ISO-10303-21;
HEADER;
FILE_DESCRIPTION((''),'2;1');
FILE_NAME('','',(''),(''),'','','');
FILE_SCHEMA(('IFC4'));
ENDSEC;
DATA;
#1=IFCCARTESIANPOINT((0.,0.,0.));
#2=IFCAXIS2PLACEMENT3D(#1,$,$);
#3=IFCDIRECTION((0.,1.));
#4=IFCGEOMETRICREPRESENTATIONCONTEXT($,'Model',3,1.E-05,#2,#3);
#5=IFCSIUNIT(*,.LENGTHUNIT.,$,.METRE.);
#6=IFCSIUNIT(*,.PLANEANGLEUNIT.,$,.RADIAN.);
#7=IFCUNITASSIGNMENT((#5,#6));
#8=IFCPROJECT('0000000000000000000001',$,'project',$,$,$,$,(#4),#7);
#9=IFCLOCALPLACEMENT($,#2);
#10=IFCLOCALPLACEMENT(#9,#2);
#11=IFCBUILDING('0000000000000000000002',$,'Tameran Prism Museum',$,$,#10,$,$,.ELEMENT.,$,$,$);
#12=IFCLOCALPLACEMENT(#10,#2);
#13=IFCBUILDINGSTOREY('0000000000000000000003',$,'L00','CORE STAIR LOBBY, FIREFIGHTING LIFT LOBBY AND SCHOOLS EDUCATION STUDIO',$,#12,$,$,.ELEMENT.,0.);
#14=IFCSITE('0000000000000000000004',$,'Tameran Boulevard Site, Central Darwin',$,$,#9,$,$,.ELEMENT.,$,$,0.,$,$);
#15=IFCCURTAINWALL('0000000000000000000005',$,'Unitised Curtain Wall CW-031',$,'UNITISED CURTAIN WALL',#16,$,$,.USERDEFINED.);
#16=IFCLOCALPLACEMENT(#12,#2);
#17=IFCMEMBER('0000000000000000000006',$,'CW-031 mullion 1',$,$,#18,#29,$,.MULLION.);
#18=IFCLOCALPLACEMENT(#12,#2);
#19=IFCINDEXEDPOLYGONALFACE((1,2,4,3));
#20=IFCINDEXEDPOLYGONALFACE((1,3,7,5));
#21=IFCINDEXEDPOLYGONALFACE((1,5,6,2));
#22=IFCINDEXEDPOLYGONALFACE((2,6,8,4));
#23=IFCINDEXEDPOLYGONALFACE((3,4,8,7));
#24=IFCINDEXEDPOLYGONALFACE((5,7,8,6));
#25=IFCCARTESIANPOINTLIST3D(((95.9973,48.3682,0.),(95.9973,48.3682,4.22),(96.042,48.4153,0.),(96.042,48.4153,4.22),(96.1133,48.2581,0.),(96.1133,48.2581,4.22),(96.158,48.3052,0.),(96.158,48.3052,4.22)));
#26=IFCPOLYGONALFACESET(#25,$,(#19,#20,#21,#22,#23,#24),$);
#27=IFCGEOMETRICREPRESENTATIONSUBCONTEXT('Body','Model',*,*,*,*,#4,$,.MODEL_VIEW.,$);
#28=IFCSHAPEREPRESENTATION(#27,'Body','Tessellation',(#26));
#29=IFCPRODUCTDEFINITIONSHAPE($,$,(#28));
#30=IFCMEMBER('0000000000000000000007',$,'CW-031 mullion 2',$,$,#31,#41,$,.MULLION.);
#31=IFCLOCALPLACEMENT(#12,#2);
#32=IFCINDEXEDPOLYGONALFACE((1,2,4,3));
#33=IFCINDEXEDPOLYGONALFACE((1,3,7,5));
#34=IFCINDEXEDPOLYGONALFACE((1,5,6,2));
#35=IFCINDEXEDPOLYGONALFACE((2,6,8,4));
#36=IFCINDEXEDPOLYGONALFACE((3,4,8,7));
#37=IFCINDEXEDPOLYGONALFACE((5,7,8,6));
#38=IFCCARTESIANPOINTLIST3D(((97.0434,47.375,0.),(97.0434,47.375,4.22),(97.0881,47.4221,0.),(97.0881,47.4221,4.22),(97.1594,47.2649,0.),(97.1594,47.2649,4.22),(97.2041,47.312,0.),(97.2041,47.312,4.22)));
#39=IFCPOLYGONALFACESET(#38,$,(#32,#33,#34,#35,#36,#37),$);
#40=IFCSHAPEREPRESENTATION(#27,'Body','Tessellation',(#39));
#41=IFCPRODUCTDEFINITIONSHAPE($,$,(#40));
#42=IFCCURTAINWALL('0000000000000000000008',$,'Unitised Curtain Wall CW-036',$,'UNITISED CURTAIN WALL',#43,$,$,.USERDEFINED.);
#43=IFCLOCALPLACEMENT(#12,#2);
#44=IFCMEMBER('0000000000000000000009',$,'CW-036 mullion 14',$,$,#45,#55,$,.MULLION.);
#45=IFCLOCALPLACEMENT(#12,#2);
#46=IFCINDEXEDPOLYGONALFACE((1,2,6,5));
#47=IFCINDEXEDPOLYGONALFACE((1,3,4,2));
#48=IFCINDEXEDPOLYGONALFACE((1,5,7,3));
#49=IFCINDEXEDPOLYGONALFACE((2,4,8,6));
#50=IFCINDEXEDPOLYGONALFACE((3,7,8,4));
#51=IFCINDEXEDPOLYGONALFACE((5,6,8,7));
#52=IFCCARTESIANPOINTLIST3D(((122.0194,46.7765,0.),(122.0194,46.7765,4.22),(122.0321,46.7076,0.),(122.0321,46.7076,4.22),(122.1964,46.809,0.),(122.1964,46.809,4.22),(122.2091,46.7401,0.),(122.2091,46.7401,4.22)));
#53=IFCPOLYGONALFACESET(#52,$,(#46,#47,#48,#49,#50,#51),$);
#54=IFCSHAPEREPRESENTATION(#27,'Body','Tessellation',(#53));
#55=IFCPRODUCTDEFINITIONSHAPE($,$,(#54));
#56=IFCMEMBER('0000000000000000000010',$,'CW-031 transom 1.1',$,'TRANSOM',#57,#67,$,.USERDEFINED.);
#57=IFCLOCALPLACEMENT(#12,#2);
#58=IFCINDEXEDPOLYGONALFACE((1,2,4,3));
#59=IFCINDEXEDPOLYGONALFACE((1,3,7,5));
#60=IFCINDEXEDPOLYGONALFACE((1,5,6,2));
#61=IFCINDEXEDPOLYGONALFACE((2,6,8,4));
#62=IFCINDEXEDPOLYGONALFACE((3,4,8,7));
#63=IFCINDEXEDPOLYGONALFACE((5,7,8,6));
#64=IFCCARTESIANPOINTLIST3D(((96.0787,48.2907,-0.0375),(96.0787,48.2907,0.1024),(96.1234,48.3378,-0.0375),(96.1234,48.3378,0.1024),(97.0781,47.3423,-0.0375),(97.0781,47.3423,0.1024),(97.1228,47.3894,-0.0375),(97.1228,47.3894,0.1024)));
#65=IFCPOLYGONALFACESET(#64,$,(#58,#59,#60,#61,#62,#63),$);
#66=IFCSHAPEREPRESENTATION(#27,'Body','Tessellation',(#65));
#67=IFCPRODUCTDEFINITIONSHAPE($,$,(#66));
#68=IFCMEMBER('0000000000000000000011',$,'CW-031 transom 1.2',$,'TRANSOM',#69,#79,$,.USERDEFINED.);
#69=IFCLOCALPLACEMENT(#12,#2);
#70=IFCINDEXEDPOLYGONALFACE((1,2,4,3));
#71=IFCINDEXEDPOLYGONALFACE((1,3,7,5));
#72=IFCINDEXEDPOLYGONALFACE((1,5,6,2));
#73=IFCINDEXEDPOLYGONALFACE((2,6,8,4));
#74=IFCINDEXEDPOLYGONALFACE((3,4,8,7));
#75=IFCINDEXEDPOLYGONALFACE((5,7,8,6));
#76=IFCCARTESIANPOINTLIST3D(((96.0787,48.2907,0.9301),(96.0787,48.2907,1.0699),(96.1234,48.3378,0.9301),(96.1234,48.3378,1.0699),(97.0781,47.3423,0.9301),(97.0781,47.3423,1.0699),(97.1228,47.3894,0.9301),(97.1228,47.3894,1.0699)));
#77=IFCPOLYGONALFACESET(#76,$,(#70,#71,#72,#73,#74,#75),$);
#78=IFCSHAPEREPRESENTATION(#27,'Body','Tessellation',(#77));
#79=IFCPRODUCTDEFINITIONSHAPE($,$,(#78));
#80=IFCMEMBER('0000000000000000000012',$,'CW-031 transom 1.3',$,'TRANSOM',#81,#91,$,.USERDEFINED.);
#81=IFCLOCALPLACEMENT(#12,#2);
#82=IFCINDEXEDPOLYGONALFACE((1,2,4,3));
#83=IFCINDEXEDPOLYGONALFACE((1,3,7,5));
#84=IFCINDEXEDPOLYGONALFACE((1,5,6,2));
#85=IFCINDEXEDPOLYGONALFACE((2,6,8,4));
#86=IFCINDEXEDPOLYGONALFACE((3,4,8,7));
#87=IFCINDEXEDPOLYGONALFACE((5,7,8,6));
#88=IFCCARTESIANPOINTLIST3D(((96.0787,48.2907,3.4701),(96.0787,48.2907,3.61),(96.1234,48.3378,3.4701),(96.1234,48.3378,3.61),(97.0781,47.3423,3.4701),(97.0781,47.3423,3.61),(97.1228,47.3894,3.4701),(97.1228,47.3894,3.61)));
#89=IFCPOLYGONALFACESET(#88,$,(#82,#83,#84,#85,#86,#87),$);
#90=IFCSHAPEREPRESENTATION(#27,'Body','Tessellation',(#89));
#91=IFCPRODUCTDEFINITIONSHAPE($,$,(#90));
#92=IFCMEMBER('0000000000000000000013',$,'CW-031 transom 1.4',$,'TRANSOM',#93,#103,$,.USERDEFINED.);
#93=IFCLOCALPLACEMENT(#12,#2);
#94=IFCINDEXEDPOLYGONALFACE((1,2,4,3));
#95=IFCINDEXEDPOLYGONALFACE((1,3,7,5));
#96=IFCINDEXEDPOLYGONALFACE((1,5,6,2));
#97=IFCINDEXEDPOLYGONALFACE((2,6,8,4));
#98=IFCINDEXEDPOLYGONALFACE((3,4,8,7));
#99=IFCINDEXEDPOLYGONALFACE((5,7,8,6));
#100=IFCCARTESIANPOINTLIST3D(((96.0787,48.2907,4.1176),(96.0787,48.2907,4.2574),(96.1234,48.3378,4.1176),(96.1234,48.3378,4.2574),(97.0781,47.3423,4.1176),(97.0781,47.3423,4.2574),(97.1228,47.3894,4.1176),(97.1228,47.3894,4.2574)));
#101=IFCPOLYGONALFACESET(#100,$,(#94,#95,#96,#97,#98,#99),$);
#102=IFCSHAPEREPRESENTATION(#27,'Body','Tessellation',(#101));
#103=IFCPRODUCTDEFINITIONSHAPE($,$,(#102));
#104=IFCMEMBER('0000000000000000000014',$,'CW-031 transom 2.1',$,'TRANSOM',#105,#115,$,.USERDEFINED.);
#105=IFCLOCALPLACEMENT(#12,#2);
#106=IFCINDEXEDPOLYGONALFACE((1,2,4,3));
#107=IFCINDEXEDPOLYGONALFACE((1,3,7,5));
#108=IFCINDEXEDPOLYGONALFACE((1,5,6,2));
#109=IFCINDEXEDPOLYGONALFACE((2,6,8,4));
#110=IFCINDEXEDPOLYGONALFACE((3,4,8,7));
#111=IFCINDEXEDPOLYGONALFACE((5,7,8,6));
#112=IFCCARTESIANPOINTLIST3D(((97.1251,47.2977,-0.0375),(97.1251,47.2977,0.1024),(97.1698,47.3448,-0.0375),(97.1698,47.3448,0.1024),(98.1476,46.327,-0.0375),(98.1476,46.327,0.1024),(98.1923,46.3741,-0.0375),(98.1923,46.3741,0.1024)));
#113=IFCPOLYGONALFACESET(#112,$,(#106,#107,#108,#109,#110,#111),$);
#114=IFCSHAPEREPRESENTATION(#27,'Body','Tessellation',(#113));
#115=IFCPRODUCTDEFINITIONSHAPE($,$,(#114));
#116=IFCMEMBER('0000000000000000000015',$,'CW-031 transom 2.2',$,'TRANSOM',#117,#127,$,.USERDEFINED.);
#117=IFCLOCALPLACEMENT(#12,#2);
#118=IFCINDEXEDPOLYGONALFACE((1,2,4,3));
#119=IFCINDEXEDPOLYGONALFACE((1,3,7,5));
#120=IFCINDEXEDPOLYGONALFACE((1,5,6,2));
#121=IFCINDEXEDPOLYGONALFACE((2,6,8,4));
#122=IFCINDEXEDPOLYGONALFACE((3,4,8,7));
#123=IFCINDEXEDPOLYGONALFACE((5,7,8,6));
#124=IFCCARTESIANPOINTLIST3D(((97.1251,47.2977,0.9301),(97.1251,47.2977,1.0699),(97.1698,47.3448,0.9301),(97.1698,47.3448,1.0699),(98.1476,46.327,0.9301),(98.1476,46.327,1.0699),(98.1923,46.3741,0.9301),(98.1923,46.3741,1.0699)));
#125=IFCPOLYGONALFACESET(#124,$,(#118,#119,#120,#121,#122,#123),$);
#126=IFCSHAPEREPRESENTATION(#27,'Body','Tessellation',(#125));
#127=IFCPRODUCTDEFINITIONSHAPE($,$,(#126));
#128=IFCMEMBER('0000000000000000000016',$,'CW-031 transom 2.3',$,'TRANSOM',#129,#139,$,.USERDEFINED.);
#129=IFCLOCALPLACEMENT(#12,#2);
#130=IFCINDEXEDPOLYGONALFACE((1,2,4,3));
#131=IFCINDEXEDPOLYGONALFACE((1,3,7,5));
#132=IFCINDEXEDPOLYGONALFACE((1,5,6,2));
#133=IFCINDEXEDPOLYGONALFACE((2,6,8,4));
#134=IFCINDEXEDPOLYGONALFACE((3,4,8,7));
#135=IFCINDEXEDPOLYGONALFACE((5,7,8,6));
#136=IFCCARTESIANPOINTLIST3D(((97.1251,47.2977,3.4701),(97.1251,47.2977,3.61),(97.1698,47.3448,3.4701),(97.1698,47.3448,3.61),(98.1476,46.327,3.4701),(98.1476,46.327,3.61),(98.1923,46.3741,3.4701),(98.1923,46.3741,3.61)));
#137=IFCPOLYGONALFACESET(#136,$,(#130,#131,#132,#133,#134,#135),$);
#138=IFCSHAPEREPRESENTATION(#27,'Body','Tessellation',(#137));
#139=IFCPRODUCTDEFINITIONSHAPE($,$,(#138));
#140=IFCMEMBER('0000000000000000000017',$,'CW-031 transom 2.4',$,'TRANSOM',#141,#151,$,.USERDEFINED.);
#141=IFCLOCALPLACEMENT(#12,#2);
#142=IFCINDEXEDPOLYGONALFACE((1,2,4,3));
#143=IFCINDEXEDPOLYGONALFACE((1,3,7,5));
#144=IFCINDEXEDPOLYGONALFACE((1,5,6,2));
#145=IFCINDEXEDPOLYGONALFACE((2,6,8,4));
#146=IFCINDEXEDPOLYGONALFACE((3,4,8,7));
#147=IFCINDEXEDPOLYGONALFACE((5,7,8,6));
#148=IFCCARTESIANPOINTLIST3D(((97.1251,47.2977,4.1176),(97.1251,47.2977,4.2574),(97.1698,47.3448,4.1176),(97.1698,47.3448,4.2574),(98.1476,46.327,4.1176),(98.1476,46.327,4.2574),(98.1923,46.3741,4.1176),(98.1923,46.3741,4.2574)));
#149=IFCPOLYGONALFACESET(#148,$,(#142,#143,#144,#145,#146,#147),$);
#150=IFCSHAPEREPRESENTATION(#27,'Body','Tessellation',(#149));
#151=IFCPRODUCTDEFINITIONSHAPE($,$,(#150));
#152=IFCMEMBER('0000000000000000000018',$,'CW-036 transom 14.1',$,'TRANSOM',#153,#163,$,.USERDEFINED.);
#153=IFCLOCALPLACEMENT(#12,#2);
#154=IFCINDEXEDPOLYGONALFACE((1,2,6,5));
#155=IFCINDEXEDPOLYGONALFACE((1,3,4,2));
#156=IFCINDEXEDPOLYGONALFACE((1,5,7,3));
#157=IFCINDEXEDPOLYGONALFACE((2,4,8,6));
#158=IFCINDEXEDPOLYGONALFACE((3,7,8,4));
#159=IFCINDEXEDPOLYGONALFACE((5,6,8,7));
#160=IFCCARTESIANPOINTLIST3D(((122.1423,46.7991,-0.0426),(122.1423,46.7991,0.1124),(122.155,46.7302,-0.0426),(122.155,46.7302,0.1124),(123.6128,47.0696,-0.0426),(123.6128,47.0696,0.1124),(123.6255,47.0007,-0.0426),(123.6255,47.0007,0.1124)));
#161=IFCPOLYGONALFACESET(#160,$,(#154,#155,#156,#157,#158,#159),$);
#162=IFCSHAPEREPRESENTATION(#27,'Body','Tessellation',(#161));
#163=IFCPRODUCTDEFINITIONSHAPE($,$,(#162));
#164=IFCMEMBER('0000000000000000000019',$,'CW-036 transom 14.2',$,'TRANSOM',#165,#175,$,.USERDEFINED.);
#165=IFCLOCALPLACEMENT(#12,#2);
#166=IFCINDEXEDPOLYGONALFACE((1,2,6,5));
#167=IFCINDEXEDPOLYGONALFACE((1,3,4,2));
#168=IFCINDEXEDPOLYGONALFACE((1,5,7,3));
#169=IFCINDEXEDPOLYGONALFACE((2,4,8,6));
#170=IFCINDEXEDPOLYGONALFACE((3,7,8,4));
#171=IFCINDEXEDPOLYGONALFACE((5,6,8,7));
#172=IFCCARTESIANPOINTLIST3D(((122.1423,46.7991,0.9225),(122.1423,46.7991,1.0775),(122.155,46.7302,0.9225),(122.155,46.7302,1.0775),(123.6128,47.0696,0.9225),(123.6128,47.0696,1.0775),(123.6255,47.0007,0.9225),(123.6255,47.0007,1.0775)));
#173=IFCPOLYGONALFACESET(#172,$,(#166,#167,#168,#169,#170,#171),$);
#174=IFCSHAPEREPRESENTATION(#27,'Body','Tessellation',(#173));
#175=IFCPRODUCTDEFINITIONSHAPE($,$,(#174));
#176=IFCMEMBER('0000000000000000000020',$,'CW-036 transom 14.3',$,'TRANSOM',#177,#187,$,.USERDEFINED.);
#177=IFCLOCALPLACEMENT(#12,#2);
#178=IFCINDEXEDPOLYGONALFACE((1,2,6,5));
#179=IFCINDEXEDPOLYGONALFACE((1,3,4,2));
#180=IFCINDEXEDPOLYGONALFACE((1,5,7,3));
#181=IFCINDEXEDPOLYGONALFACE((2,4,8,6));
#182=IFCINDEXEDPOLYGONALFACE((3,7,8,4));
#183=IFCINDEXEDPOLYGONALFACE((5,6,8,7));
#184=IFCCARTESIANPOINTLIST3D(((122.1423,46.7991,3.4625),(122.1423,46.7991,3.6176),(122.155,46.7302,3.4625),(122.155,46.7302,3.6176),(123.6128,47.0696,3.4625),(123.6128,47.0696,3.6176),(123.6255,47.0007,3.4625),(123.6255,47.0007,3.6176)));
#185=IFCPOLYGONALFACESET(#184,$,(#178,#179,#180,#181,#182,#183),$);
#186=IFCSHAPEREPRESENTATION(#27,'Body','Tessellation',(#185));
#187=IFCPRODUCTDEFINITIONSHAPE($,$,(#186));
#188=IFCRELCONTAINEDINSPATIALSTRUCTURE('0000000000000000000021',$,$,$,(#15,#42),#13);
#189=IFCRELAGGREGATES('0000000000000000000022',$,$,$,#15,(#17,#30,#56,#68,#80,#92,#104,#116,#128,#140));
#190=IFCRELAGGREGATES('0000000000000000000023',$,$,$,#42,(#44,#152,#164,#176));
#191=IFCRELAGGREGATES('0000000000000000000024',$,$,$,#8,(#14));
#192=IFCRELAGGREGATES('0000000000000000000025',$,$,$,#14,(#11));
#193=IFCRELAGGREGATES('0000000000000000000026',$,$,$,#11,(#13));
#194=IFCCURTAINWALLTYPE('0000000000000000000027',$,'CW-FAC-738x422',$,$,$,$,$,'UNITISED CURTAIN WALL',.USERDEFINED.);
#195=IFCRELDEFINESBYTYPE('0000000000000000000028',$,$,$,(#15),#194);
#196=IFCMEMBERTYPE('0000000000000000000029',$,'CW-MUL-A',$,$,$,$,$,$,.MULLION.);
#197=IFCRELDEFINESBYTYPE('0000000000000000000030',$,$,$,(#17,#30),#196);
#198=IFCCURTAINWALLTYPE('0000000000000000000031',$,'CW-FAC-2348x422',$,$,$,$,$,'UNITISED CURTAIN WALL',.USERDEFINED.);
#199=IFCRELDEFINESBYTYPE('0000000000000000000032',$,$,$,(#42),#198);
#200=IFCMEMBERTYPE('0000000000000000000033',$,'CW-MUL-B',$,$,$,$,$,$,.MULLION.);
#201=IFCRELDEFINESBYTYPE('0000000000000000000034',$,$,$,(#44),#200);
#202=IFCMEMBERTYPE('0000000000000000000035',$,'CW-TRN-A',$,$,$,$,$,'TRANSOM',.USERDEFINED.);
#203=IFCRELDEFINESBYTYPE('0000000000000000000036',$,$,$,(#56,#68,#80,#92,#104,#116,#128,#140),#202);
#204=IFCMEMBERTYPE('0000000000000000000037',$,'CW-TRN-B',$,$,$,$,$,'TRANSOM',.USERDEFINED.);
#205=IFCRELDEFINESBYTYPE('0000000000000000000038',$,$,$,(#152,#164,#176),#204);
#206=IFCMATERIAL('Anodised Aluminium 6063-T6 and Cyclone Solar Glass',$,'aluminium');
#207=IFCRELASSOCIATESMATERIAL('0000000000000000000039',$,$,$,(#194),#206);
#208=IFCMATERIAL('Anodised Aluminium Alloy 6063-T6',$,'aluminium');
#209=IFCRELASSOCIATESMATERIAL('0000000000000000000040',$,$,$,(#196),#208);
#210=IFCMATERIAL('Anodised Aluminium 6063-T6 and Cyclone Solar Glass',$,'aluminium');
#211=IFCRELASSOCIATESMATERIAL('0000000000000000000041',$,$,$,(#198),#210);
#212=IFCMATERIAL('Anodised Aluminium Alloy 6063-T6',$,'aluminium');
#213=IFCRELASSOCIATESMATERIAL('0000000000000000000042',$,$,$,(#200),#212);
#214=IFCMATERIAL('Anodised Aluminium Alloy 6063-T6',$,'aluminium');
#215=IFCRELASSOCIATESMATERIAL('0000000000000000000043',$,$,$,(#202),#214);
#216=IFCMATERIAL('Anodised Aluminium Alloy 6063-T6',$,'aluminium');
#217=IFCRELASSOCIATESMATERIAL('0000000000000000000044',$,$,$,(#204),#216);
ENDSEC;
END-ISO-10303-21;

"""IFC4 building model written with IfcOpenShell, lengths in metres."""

from ifc_helpers import new_model, si_unit, direction, frame, origin, origin_2d, place, context, subcontext, project, spatial, rectangle, extrude, material, material_profile, profile_set, type_object, element, aggregate, save


model = new_model("IFC4")

# Units and contexts
model_context = context("Model", 3, precision=1e-05, world=origin(), true_north=direction((0.0, 1.0)))
body_context = subcontext(model_context, "Body", "Model", "MODEL_VIEW")
ifc_project = project(units=[si_unit("LENGTHUNIT", "METRE"), si_unit("PLANEANGLEUNIT", "RADIAN")], contexts=[model_context])

# Site, building, storey
site_placement = place(None, origin())
site = spatial("IfcSite", under=ifc_project, at=site_placement, Name="Tameran Boulevard Site, Central Darwin", CompositionType="ELEMENT", RefElevation=0.0)
building_placement = place(site_placement, origin())
building = spatial("IfcBuilding", under=site, at=building_placement, Name="Tameran Prism Museum", CompositionType="ELEMENT")
storey_placement = place(building_placement, origin())
storey = spatial("IfcBuildingStorey", under=building, at=storey_placement, Name="L00", Description="CORE STAIR LOBBY, FIREFIGHTING LIFT LOBBY AND SCHOOLS EDUCATION STUDIO", CompositionType="ELEMENT", Elevation=0.0)

# Curtain wall, members
ifc_material_1 = material(Name="Anodised Aluminium 6063-T6 and Cyclone Solar Glass", Category="aluminium")
curtain_wall_type_1 = type_object("IfcCurtainWallType", Name="CW-FAC-738x422", ElementType="UNITISED CURTAIN WALL", PredefinedType="USERDEFINED", material=ifc_material_1)
curtain_wall_1_placement = place(storey_placement, origin())
curtain_wall_1 = element("IfcCurtainWall", 1, at=curtain_wall_1_placement, inside=storey, type_object=curtain_wall_type_1, Name="Unitised Curtain Wall CW-031", ObjectType="UNITISED CURTAIN WALL", PredefinedType="USERDEFINED")
ifc_material_2 = material(Name="Anodised Aluminium Alloy 6063-T6", Category="aluminium")
ifc_material_profile_1 = material_profile(ifc_material_2, rectangle(XDim=0.0649, YDim=0.1599, at=origin_2d()))
ifc_profile_set_1 = profile_set([ifc_material_profile_1])
member_type_1 = type_object("IfcMemberType", Name="CW-MUL-A", PredefinedType="MULLION", material=ifc_profile_set_1)
member_1_placement = place(storey_placement, frame((96.0776, 48.3367, 0.0), z_axis=(0.0, 0.0, 1.0), x_axis=(0.688425, 0.725307, 0.0)))
member_1 = element("IfcMember", 2, at=member_1_placement, type_object=member_type_1, Name="CW-031 mullion 1", PredefinedType="MULLION", context=body_context, shape_type="SweptSolid", body=[
    extrude(rectangle(XDim=0.0649, YDim=0.1599, at=origin_2d()), origin(), (0.0, 0.0, 1.0), 4.22),
])
member_2_placement = place(storey_placement, frame((97.1238, 47.3435, 0.0), z_axis=(0.0, 0.0, 1.0), x_axis=(0.688425, 0.725307, 0.0)))
member_2 = element("IfcMember", 3, at=member_2_placement, type_object=member_type_1, Name="CW-031 mullion 2", PredefinedType="MULLION", context=body_context, shape_type="SweptSolid", body=[
    extrude(rectangle(XDim=0.0649, YDim=0.1599, at=origin_2d()), origin(), (0.0, 0.0, 1.0), 4.22),
])

# Curtain wall, member
ifc_material_3 = material(Name="Anodised Aluminium 6063-T6 and Cyclone Solar Glass", Category="aluminium")
curtain_wall_type_2 = type_object("IfcCurtainWallType", Name="CW-FAC-2348x422", ElementType="UNITISED CURTAIN WALL", PredefinedType="USERDEFINED", material=ifc_material_3)
curtain_wall_2_placement = place(storey_placement, origin())
curtain_wall_2 = element("IfcCurtainWall", 4, at=curtain_wall_2_placement, inside=storey, type_object=curtain_wall_type_2, Name="Unitised Curtain Wall CW-036", ObjectType="UNITISED CURTAIN WALL", PredefinedType="USERDEFINED")
ifc_material_4 = material(Name="Anodised Aluminium Alloy 6063-T6", Category="aluminium")
ifc_material_profile_2 = material_profile(ifc_material_4, rectangle(XDim=0.0701, YDim=0.1799, at=origin_2d()))
ifc_profile_set_2 = profile_set([ifc_material_profile_2])
member_type_2 = type_object("IfcMemberType", Name="CW-MUL-B", PredefinedType="MULLION", material=ifc_profile_set_2)
member_3_placement = place(storey_placement, frame((122.1143, 46.7583, 0.0), z_axis=(0.0, 0.0, 1.0), x_axis=(-0.181063, 0.983472, 0.0)))
member_3 = element("IfcMember", 5, at=member_3_placement, type_object=member_type_2, Name="CW-036 mullion 14", PredefinedType="MULLION", context=body_context, shape_type="SweptSolid", body=[
    extrude(rectangle(XDim=0.0701, YDim=0.1799, at=origin_2d()), origin(), (0.0, 0.0, 1.0), 4.22),
])

# Members
ifc_material_5 = material(Name="Anodised Aluminium Alloy 6063-T6", Category="aluminium")
ifc_material_profile_3 = material_profile(ifc_material_5, rectangle(XDim=0.0649, YDim=0.1399, at=origin_2d()))
ifc_profile_set_3 = profile_set([ifc_material_profile_3])
member_type_3 = type_object("IfcMemberType", Name="CW-TRN-A", ElementType="TRANSOM", PredefinedType="USERDEFINED", material=ifc_profile_set_3)
member_4_placement = place(storey_placement, frame((96.1011, 48.3142, 0.0325), z_axis=(0.725384, -0.688344, 0.0), x_axis=(0.688344, 0.725384, 0.0)))
member_4 = element("IfcMember", 6, at=member_4_placement, type_object=member_type_3, Name="CW-031 transom 1.1", ObjectType="TRANSOM", PredefinedType="USERDEFINED", context=body_context, shape_type="SweptSolid", body=[
    extrude(rectangle(XDim=0.0649, YDim=0.1399, at=origin_2d()), origin(), (0.0, 0.0, 1.0), 1.3777),
])
member_5_placement = place(storey_placement, frame((96.1011, 48.3142, 1.0), z_axis=(0.725384, -0.688344, 0.0), x_axis=(0.688344, 0.725384, 0.0)))
member_5 = element("IfcMember", 7, at=member_5_placement, type_object=member_type_3, Name="CW-031 transom 1.2", ObjectType="TRANSOM", PredefinedType="USERDEFINED", context=body_context, shape_type="SweptSolid", body=[
    extrude(rectangle(XDim=0.0649, YDim=0.1399, at=origin_2d()), origin(), (0.0, 0.0, 1.0), 1.3777),
])
member_6_placement = place(storey_placement, frame((96.1011, 48.3142, 3.54), z_axis=(0.725384, -0.688344, 0.0), x_axis=(0.688344, 0.725384, 0.0)))
member_6 = element("IfcMember", 8, at=member_6_placement, type_object=member_type_3, Name="CW-031 transom 1.3", ObjectType="TRANSOM", PredefinedType="USERDEFINED", context=body_context, shape_type="SweptSolid", body=[
    extrude(rectangle(XDim=0.0649, YDim=0.1399, at=origin_2d()), origin(), (0.0, 0.0, 1.0), 1.3777),
])
member_7_placement = place(storey_placement, frame((96.1011, 48.3142, 4.1875), z_axis=(0.725384, -0.688344, 0.0), x_axis=(0.688344, 0.725384, 0.0)))
member_7 = element("IfcMember", 9, at=member_7_placement, type_object=member_type_3, Name="CW-031 transom 1.4", ObjectType="TRANSOM", PredefinedType="USERDEFINED", context=body_context, shape_type="SweptSolid", body=[
    extrude(rectangle(XDim=0.0649, YDim=0.1399, at=origin_2d()), origin(), (0.0, 0.0, 1.0), 1.3777),
])
member_8_placement = place(storey_placement, frame((97.1475, 47.3213, 0.0325), z_axis=(0.725224, -0.688513, 0.0), x_axis=(0.688513, 0.725224, 0.0)))
member_8 = element("IfcMember", 10, at=member_8_placement, type_object=member_type_3, Name="CW-031 transom 2.1", ObjectType="TRANSOM", PredefinedType="USERDEFINED", context=body_context, shape_type="SweptSolid", body=[
    extrude(rectangle(XDim=0.0649, YDim=0.1399, at=origin_2d()), origin(), (0.0, 0.0, 1.0), 1.4099),
])
member_9_placement = place(storey_placement, frame((97.1475, 47.3213, 1.0), z_axis=(0.725224, -0.688513, 0.0), x_axis=(0.688513, 0.725224, 0.0)))
member_9 = element("IfcMember", 11, at=member_9_placement, type_object=member_type_3, Name="CW-031 transom 2.2", ObjectType="TRANSOM", PredefinedType="USERDEFINED", context=body_context, shape_type="SweptSolid", body=[
    extrude(rectangle(XDim=0.0649, YDim=0.1399, at=origin_2d()), origin(), (0.0, 0.0, 1.0), 1.4099),
])
member_10_placement = place(storey_placement, frame((97.1475, 47.3213, 3.54), z_axis=(0.725224, -0.688513, 0.0), x_axis=(0.688513, 0.725224, 0.0)))
member_10 = element("IfcMember", 12, at=member_10_placement, type_object=member_type_3, Name="CW-031 transom 2.3", ObjectType="TRANSOM", PredefinedType="USERDEFINED", context=body_context, shape_type="SweptSolid", body=[
    extrude(rectangle(XDim=0.0649, YDim=0.1399, at=origin_2d()), origin(), (0.0, 0.0, 1.0), 1.4099),
])
member_11_placement = place(storey_placement, frame((97.1475, 47.3213, 4.1875), z_axis=(0.725224, -0.688513, 0.0), x_axis=(0.688513, 0.725224, 0.0)))
member_11 = element("IfcMember", 13, at=member_11_placement, type_object=member_type_3, Name="CW-031 transom 2.4", ObjectType="TRANSOM", PredefinedType="USERDEFINED", context=body_context, shape_type="SweptSolid", body=[
    extrude(rectangle(XDim=0.0649, YDim=0.1399, at=origin_2d()), origin(), (0.0, 0.0, 1.0), 1.4099),
])
ifc_material_6 = material(Name="Anodised Aluminium Alloy 6063-T6", Category="aluminium")
ifc_material_profile_4 = material_profile(ifc_material_6, rectangle(XDim=0.0701, YDim=0.155, at=origin_2d()))
ifc_profile_set_4 = profile_set([ifc_material_profile_4])
member_type_4 = type_object("IfcMemberType", Name="CW-TRN-B", ElementType="TRANSOM", PredefinedType="USERDEFINED", material=ifc_profile_set_4)
member_12_placement = place(storey_placement, frame((122.1487, 46.7646, 0.0349), z_axis=(0.983497, 0.180926, 0.0), x_axis=(-0.180926, 0.983497, 0.0)))
member_12 = element("IfcMember", 14, at=member_12_placement, type_object=member_type_4, Name="CW-036 transom 14.1", ObjectType="TRANSOM", PredefinedType="USERDEFINED", context=body_context, shape_type="SweptSolid", body=[
    extrude(rectangle(XDim=0.0701, YDim=0.155, at=origin_2d()), origin(), (0.0, 0.0, 1.0), 1.4951),
])
member_13_placement = place(storey_placement, frame((122.1487, 46.7646, 1.0), z_axis=(0.983497, 0.180926, 0.0), x_axis=(-0.180926, 0.983497, 0.0)))
member_13 = element("IfcMember", 15, at=member_13_placement, type_object=member_type_4, Name="CW-036 transom 14.2", ObjectType="TRANSOM", PredefinedType="USERDEFINED", context=body_context, shape_type="SweptSolid", body=[
    extrude(rectangle(XDim=0.0701, YDim=0.155, at=origin_2d()), origin(), (0.0, 0.0, 1.0), 1.4951),
])
member_14_placement = place(storey_placement, frame((122.1487, 46.7646, 3.54), z_axis=(0.983497, 0.180926, 0.0), x_axis=(-0.180926, 0.983497, 0.0)))
member_14 = element("IfcMember", 16, at=member_14_placement, type_object=member_type_4, Name="CW-036 transom 14.3", ObjectType="TRANSOM", PredefinedType="USERDEFINED", context=body_context, shape_type="SweptSolid", body=[
    extrude(rectangle(XDim=0.0701, YDim=0.155, at=origin_2d()), origin(), (0.0, 0.0, 1.0), 1.4951),
])

aggregate(curtain_wall_1, [member_1, member_2, member_4, member_5, member_6, member_7, member_8, member_9, member_10, member_11])
aggregate(curtain_wall_2, [member_3, member_12, member_13, member_14])

save(model, "model.ifc")
